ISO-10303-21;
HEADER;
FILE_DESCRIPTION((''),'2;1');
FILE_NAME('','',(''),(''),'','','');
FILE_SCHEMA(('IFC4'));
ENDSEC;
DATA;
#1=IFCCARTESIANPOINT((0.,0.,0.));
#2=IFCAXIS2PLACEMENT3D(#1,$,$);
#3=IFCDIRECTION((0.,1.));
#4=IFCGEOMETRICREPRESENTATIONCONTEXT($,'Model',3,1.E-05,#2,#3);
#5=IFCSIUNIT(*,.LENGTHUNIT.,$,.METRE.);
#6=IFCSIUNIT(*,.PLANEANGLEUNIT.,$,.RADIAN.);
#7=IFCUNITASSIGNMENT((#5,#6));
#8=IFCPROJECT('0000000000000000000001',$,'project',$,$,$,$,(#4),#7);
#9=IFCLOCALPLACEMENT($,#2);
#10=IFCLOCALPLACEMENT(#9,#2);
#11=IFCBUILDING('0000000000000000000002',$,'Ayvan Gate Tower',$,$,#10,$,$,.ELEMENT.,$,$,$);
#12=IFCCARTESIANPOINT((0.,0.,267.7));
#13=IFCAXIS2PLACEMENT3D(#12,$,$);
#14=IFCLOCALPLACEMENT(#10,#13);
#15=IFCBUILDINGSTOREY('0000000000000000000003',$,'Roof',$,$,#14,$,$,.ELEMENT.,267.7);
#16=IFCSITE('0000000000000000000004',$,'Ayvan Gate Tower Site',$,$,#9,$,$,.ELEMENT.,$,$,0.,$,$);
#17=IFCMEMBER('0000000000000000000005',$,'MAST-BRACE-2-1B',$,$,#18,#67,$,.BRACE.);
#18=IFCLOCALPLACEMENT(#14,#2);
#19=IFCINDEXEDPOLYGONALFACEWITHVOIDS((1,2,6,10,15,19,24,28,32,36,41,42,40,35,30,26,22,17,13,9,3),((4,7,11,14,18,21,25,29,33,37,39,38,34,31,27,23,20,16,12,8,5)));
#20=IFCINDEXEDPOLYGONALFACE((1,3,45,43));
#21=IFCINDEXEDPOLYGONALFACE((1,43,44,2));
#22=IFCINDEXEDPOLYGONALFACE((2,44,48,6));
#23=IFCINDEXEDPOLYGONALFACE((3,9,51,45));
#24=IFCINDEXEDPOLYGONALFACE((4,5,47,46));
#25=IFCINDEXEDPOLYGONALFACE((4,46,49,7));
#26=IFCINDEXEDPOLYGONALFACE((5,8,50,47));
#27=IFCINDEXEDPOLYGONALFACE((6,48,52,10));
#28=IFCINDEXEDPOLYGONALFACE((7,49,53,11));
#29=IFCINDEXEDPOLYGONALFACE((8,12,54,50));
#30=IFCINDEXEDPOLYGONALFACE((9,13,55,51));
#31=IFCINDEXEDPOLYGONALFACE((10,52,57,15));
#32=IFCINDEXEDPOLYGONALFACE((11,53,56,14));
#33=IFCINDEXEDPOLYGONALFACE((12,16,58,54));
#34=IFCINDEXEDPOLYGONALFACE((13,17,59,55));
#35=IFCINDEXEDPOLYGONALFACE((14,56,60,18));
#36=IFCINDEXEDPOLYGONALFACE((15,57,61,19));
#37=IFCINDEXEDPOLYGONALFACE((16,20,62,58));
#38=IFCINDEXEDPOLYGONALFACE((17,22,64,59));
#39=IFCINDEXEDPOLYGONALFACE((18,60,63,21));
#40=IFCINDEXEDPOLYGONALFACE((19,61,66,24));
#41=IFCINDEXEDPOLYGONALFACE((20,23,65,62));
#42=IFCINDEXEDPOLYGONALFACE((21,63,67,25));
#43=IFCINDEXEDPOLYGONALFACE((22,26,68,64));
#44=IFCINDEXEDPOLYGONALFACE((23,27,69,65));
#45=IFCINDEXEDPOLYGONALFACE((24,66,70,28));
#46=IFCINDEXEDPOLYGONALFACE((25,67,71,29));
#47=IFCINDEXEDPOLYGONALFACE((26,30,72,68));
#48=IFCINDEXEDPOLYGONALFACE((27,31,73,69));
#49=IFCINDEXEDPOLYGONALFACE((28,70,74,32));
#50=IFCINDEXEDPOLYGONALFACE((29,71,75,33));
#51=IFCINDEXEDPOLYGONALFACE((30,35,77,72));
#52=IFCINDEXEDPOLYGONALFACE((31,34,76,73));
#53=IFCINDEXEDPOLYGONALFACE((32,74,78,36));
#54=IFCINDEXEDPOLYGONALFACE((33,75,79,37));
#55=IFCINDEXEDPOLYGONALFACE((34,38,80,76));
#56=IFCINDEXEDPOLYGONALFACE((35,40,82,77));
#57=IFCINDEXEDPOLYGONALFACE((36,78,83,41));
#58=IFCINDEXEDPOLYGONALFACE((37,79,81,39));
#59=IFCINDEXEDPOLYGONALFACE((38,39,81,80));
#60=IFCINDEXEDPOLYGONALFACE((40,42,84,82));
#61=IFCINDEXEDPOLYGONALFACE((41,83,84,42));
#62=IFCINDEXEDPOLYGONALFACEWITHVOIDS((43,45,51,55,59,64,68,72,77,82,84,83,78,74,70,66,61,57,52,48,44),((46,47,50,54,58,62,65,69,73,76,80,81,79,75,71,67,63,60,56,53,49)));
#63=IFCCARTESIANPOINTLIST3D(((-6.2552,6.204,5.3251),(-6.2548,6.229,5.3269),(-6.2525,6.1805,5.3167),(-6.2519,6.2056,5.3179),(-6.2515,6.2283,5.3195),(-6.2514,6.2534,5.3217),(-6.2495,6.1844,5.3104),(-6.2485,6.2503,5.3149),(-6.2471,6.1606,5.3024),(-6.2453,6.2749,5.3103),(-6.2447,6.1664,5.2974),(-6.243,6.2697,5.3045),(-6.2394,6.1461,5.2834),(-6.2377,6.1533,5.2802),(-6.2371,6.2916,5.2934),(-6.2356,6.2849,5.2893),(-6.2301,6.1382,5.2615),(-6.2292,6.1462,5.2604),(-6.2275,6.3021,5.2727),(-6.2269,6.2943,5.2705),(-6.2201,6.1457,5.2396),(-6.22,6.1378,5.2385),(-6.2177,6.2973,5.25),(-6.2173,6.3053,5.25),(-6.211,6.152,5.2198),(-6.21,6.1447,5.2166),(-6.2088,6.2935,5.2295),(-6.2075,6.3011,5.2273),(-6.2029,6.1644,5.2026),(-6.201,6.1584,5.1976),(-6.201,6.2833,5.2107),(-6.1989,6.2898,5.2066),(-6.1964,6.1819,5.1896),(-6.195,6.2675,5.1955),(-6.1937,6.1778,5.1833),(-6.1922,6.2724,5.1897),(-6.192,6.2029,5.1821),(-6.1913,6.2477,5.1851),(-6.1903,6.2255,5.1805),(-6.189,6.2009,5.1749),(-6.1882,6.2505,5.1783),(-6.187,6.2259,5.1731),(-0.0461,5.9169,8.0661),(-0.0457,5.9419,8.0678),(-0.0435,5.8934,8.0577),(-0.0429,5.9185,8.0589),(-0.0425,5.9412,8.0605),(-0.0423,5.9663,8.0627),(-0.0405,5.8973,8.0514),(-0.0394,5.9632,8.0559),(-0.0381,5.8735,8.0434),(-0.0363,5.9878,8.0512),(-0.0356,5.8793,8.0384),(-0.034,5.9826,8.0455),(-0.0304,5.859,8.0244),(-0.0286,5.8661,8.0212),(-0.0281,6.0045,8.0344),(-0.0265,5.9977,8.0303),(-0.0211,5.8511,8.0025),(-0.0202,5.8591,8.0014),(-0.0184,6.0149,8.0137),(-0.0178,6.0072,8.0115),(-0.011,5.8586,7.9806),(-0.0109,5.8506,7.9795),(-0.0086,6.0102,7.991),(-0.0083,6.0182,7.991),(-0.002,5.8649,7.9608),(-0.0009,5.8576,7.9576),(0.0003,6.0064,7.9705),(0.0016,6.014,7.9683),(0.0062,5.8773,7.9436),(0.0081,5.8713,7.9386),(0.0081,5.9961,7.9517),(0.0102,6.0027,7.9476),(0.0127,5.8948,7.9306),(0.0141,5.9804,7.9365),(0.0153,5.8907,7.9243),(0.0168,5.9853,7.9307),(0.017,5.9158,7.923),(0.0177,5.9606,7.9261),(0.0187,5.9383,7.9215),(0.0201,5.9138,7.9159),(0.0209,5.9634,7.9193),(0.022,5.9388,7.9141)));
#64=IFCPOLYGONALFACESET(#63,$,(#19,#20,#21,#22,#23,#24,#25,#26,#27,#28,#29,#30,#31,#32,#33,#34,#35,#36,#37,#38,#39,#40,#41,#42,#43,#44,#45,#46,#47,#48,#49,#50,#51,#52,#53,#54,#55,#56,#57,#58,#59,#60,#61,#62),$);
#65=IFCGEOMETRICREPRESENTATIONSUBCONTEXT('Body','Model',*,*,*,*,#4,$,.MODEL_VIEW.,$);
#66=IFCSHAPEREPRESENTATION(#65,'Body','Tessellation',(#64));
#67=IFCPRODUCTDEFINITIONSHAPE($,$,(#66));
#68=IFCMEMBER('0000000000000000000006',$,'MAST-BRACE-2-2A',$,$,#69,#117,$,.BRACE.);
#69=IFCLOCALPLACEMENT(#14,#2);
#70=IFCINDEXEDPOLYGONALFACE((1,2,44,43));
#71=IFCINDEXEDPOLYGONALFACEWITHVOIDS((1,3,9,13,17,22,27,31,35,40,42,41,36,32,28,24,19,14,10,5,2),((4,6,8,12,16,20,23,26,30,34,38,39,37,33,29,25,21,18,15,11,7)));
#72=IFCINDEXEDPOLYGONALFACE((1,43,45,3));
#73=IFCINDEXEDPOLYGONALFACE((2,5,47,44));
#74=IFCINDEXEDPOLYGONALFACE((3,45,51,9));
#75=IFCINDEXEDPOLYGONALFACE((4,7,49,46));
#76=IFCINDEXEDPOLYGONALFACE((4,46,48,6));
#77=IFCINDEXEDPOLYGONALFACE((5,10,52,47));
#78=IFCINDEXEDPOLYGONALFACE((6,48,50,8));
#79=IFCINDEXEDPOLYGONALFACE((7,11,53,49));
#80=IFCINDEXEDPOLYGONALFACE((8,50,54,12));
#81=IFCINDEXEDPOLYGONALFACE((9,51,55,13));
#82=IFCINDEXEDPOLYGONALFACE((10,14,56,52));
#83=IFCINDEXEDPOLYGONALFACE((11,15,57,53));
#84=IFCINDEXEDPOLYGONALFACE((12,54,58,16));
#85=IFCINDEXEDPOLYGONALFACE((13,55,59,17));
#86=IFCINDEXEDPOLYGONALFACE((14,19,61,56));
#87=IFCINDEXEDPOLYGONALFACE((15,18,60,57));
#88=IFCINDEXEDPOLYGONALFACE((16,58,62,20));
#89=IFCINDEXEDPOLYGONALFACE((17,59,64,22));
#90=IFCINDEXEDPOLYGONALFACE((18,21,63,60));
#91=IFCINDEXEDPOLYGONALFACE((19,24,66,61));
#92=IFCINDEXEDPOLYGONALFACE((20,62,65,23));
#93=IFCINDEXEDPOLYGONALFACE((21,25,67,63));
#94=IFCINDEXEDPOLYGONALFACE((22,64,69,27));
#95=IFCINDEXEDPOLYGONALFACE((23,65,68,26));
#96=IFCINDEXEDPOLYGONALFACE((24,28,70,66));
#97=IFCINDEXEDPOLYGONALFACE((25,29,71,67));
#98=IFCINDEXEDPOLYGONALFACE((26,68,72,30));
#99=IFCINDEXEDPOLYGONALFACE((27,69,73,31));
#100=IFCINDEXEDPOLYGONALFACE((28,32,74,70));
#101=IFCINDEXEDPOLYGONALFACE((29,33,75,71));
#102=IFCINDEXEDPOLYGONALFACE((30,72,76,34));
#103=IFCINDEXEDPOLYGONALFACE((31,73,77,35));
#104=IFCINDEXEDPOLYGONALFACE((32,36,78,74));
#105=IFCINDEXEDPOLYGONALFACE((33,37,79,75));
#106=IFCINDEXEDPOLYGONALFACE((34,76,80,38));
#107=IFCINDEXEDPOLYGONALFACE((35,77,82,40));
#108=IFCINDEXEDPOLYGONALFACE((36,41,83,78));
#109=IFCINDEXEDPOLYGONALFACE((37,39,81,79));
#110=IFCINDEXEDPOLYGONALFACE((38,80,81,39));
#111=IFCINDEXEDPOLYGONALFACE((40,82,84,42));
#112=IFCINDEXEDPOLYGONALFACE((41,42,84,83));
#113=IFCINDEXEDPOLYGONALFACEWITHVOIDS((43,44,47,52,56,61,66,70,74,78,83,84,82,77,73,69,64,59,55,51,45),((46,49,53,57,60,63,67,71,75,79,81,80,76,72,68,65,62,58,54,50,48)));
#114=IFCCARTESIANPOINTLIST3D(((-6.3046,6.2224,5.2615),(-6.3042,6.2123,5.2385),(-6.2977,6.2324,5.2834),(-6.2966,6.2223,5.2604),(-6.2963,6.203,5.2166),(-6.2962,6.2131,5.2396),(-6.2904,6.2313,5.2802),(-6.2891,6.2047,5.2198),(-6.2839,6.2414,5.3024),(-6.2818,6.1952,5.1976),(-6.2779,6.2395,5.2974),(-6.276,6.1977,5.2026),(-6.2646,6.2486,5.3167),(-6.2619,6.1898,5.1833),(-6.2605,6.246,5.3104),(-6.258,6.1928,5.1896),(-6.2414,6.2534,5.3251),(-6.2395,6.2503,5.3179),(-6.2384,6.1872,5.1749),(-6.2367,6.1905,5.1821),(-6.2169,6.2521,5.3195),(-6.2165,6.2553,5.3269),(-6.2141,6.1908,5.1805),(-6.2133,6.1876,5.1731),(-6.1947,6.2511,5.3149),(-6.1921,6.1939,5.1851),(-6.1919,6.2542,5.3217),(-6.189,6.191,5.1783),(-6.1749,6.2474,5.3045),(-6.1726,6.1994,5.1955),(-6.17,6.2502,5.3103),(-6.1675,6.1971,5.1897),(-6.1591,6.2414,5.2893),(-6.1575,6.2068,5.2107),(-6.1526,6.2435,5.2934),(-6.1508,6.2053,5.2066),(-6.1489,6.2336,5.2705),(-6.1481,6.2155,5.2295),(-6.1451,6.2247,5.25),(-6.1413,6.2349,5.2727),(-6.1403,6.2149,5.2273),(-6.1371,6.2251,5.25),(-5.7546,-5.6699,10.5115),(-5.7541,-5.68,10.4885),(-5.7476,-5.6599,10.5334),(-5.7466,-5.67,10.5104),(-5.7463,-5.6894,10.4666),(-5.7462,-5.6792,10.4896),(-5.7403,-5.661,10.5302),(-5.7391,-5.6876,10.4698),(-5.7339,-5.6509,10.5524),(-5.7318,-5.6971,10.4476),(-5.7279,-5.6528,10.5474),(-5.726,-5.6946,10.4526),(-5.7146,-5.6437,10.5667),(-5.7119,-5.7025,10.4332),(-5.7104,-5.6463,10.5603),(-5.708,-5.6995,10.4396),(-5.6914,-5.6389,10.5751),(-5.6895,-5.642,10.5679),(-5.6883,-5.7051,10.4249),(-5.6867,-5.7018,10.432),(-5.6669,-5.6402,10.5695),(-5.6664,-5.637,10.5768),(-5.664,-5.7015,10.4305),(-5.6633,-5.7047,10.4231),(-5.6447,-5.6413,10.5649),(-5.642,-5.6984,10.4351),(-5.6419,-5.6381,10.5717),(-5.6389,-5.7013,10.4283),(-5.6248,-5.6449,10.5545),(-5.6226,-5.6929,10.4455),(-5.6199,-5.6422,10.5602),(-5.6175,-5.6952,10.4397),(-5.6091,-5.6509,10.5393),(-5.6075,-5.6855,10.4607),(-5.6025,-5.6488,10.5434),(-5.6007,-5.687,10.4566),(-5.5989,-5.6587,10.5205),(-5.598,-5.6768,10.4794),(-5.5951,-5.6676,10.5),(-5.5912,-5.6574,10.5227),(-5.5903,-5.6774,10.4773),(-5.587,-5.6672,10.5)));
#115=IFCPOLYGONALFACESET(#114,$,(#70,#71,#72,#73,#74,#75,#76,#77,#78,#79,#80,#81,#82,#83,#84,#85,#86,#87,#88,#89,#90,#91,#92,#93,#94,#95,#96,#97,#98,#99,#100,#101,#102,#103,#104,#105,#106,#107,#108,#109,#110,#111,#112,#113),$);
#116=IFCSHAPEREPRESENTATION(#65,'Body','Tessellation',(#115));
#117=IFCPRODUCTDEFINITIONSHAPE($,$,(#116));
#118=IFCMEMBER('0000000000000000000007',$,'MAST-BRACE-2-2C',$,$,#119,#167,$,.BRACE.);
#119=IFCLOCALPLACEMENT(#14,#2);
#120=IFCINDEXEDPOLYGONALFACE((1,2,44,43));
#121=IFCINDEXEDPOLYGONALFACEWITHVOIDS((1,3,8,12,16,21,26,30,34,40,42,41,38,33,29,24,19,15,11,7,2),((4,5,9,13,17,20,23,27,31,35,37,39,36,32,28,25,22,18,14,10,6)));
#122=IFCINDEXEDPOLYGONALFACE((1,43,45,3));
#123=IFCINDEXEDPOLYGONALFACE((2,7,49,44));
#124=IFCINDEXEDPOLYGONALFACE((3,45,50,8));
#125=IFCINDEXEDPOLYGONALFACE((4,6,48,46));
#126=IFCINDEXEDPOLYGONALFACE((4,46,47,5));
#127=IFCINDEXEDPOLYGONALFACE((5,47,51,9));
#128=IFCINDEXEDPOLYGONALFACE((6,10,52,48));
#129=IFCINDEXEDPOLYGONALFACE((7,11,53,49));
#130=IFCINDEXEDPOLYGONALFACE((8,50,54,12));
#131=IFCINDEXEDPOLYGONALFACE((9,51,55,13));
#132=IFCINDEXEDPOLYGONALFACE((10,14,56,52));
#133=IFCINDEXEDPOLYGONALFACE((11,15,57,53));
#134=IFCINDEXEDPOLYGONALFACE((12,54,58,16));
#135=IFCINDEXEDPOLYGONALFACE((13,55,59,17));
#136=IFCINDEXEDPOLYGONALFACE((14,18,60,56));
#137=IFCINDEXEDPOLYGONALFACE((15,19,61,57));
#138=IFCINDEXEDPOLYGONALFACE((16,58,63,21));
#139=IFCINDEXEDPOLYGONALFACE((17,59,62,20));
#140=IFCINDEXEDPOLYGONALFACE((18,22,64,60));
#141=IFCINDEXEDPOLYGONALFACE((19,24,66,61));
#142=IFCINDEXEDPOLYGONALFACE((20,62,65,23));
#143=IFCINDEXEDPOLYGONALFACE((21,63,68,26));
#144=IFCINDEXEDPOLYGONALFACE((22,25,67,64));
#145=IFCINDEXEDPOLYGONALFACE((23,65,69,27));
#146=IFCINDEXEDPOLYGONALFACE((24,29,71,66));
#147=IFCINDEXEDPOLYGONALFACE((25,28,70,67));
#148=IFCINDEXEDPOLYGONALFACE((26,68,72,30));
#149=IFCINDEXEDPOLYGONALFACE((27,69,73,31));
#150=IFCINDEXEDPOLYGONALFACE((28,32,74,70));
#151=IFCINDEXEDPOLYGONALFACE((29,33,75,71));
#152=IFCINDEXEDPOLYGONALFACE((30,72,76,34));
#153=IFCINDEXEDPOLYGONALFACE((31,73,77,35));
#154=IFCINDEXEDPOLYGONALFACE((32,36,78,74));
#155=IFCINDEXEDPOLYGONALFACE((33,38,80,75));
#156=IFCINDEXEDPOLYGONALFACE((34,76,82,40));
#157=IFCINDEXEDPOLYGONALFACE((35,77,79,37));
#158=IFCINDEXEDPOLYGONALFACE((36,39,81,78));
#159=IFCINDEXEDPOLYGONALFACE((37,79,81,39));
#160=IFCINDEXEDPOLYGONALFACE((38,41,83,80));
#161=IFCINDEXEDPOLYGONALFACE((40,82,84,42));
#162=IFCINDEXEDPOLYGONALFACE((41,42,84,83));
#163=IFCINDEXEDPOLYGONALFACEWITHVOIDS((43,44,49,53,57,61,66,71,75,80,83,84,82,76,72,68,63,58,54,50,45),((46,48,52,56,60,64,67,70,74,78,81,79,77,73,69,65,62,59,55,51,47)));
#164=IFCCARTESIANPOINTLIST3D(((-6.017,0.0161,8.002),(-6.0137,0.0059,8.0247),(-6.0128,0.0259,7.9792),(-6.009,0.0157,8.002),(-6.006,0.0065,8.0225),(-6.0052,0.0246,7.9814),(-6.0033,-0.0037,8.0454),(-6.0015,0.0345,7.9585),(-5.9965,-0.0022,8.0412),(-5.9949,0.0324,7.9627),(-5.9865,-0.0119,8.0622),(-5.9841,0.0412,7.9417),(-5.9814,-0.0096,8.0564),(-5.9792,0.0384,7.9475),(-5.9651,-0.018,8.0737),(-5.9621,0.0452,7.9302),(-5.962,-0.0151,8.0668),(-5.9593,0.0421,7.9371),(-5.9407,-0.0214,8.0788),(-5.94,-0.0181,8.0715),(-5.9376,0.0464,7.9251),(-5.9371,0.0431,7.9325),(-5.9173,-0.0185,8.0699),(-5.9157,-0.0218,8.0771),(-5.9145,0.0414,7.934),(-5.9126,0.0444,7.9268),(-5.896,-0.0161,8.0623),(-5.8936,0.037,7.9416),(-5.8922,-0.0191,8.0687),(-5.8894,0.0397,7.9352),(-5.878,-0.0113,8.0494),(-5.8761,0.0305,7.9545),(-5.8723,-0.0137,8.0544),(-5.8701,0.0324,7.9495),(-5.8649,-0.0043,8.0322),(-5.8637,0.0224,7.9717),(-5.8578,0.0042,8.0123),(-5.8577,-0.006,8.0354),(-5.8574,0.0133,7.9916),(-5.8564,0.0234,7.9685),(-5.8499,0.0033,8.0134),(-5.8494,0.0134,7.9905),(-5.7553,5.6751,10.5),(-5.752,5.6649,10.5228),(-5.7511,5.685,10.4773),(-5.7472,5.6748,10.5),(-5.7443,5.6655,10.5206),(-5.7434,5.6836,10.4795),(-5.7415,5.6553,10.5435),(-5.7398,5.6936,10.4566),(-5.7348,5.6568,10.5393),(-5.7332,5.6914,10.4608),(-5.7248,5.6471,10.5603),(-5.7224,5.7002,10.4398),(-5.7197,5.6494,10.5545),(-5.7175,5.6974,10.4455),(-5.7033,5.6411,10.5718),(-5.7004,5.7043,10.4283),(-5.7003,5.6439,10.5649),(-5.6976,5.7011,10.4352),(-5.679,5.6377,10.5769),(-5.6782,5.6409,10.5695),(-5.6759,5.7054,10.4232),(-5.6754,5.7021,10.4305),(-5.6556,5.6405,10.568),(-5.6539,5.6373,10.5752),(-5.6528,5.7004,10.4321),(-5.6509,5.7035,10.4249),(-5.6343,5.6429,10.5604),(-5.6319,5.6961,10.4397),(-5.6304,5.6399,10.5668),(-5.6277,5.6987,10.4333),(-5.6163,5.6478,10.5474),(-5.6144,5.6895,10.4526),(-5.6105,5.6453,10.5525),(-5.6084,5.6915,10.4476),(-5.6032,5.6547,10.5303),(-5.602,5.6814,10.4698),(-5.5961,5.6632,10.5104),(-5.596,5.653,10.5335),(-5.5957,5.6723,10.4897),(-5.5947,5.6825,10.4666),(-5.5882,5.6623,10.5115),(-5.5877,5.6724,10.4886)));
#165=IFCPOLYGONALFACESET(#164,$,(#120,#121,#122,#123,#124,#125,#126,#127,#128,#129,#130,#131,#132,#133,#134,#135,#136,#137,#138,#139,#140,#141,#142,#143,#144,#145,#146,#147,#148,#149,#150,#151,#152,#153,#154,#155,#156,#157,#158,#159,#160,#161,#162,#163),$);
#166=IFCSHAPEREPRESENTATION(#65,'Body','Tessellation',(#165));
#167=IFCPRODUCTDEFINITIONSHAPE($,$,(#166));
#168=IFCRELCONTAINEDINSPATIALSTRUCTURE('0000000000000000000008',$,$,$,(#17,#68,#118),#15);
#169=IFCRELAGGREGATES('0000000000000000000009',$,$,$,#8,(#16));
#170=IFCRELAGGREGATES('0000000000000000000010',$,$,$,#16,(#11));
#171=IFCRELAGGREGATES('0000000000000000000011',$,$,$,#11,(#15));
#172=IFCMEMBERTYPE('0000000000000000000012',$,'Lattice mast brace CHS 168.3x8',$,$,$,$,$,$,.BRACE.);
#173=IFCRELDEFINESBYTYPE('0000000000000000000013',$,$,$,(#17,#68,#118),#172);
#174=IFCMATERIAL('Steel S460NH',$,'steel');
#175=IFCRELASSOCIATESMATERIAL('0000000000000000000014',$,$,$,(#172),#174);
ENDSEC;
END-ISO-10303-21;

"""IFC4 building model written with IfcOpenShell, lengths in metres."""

from ifc_helpers import new_model, si_unit, direction, frame, origin, origin_2d, place, context, subcontext, project, spatial, hollow_circle, extrude, material, material_profile, profile_set, type_object, element, save


model = new_model("IFC4")

# Units and contexts
model_context = context("Model", 3, precision=1e-05, world=origin(), true_north=direction((0.0, 1.0)))
body_context = subcontext(model_context, "Body", "Model", "MODEL_VIEW")
ifc_project = project(units=[si_unit("LENGTHUNIT", "METRE"), si_unit("PLANEANGLEUNIT", "RADIAN")], contexts=[model_context])

# Site, building, storey
site_placement = place(None, origin())
site = spatial("IfcSite", under=ifc_project, at=site_placement, Name="Ayvan Gate Tower Site", CompositionType="ELEMENT", RefElevation=0.0)
building_placement = place(site_placement, origin())
building = spatial("IfcBuilding", under=site, at=building_placement, Name="Ayvan Gate Tower", CompositionType="ELEMENT")
storey_placement = place(building_placement, frame((0.0, 0.0, 267.7)))
storey = spatial("IfcBuildingStorey", under=building, at=storey_placement, Name="Roof", CompositionType="ELEMENT", Elevation=267.7)

# Members
ifc_material_1 = material(Name="Steel S460NH", Category="steel")
ifc_material_profile_1 = material_profile(ifc_material_1, hollow_circle(Radius=0.0842, WallThickness=0.0081, at=origin_2d()), Name="CHS 168.3x8")
ifc_profile_set_1 = profile_set([ifc_material_profile_1], Name="Steel S460NH")
member_type_1 = type_object("IfcMemberType", Name="Lattice mast brace CHS 168.3x8", PredefinedType="BRACE", material=ifc_profile_set_1)
member_1_placement = place(storey_placement, frame((-6.2212, 6.2212, 5.25), z_axis=(0.914007, -0.042265, 0.40349), x_axis=(0.046192, 0.998933, 0.0)))
element("IfcMember", 1, at=member_1_placement, inside=storey, type_object=member_type_1, Name="MAST-BRACE-2-1B", PredefinedType="BRACE", context=body_context, shape_type="SweptSolid", body=[
    extrude(hollow_circle(Radius=0.0842, WallThickness=0.0081, at=origin_2d()), origin(), (0.0, 0.0, 1.0), 6.7932),
])
member_2_placement = place(storey_placement, frame((-6.2212, 6.2212, 5.25), z_axis=(0.042275, -0.914004, 0.403497), x_axis=(0.998932, 0.046203, 0.0)))
element("IfcMember", 2, at=member_2_placement, inside=storey, type_object=member_type_1, Name="MAST-BRACE-2-2A", PredefinedType="BRACE", context=body_context, shape_type="SweptSolid", body=[
    extrude(hollow_circle(Radius=0.0842, WallThickness=0.0081, at=origin_2d()), origin(), (0.0, 0.0, 1.0), 13.0112),
])
member_3_placement = place(storey_placement, frame((-5.9329, 0.0122, 8.002), z_axis=(0.042272, 0.914013, 0.403476), x_axis=(-0.998932, 0.046199, 0.0)))
element("IfcMember", 3, at=member_3_placement, inside=storey, type_object=member_type_1, Name="MAST-BRACE-2-2C", PredefinedType="BRACE", context=body_context, shape_type="SweptSolid", body=[
    extrude(hollow_circle(Radius=0.0842, WallThickness=0.0081, at=origin_2d()), origin(), (0.0, 0.0, 1.0), 6.1914),
])

save(model, "model.ifc")
